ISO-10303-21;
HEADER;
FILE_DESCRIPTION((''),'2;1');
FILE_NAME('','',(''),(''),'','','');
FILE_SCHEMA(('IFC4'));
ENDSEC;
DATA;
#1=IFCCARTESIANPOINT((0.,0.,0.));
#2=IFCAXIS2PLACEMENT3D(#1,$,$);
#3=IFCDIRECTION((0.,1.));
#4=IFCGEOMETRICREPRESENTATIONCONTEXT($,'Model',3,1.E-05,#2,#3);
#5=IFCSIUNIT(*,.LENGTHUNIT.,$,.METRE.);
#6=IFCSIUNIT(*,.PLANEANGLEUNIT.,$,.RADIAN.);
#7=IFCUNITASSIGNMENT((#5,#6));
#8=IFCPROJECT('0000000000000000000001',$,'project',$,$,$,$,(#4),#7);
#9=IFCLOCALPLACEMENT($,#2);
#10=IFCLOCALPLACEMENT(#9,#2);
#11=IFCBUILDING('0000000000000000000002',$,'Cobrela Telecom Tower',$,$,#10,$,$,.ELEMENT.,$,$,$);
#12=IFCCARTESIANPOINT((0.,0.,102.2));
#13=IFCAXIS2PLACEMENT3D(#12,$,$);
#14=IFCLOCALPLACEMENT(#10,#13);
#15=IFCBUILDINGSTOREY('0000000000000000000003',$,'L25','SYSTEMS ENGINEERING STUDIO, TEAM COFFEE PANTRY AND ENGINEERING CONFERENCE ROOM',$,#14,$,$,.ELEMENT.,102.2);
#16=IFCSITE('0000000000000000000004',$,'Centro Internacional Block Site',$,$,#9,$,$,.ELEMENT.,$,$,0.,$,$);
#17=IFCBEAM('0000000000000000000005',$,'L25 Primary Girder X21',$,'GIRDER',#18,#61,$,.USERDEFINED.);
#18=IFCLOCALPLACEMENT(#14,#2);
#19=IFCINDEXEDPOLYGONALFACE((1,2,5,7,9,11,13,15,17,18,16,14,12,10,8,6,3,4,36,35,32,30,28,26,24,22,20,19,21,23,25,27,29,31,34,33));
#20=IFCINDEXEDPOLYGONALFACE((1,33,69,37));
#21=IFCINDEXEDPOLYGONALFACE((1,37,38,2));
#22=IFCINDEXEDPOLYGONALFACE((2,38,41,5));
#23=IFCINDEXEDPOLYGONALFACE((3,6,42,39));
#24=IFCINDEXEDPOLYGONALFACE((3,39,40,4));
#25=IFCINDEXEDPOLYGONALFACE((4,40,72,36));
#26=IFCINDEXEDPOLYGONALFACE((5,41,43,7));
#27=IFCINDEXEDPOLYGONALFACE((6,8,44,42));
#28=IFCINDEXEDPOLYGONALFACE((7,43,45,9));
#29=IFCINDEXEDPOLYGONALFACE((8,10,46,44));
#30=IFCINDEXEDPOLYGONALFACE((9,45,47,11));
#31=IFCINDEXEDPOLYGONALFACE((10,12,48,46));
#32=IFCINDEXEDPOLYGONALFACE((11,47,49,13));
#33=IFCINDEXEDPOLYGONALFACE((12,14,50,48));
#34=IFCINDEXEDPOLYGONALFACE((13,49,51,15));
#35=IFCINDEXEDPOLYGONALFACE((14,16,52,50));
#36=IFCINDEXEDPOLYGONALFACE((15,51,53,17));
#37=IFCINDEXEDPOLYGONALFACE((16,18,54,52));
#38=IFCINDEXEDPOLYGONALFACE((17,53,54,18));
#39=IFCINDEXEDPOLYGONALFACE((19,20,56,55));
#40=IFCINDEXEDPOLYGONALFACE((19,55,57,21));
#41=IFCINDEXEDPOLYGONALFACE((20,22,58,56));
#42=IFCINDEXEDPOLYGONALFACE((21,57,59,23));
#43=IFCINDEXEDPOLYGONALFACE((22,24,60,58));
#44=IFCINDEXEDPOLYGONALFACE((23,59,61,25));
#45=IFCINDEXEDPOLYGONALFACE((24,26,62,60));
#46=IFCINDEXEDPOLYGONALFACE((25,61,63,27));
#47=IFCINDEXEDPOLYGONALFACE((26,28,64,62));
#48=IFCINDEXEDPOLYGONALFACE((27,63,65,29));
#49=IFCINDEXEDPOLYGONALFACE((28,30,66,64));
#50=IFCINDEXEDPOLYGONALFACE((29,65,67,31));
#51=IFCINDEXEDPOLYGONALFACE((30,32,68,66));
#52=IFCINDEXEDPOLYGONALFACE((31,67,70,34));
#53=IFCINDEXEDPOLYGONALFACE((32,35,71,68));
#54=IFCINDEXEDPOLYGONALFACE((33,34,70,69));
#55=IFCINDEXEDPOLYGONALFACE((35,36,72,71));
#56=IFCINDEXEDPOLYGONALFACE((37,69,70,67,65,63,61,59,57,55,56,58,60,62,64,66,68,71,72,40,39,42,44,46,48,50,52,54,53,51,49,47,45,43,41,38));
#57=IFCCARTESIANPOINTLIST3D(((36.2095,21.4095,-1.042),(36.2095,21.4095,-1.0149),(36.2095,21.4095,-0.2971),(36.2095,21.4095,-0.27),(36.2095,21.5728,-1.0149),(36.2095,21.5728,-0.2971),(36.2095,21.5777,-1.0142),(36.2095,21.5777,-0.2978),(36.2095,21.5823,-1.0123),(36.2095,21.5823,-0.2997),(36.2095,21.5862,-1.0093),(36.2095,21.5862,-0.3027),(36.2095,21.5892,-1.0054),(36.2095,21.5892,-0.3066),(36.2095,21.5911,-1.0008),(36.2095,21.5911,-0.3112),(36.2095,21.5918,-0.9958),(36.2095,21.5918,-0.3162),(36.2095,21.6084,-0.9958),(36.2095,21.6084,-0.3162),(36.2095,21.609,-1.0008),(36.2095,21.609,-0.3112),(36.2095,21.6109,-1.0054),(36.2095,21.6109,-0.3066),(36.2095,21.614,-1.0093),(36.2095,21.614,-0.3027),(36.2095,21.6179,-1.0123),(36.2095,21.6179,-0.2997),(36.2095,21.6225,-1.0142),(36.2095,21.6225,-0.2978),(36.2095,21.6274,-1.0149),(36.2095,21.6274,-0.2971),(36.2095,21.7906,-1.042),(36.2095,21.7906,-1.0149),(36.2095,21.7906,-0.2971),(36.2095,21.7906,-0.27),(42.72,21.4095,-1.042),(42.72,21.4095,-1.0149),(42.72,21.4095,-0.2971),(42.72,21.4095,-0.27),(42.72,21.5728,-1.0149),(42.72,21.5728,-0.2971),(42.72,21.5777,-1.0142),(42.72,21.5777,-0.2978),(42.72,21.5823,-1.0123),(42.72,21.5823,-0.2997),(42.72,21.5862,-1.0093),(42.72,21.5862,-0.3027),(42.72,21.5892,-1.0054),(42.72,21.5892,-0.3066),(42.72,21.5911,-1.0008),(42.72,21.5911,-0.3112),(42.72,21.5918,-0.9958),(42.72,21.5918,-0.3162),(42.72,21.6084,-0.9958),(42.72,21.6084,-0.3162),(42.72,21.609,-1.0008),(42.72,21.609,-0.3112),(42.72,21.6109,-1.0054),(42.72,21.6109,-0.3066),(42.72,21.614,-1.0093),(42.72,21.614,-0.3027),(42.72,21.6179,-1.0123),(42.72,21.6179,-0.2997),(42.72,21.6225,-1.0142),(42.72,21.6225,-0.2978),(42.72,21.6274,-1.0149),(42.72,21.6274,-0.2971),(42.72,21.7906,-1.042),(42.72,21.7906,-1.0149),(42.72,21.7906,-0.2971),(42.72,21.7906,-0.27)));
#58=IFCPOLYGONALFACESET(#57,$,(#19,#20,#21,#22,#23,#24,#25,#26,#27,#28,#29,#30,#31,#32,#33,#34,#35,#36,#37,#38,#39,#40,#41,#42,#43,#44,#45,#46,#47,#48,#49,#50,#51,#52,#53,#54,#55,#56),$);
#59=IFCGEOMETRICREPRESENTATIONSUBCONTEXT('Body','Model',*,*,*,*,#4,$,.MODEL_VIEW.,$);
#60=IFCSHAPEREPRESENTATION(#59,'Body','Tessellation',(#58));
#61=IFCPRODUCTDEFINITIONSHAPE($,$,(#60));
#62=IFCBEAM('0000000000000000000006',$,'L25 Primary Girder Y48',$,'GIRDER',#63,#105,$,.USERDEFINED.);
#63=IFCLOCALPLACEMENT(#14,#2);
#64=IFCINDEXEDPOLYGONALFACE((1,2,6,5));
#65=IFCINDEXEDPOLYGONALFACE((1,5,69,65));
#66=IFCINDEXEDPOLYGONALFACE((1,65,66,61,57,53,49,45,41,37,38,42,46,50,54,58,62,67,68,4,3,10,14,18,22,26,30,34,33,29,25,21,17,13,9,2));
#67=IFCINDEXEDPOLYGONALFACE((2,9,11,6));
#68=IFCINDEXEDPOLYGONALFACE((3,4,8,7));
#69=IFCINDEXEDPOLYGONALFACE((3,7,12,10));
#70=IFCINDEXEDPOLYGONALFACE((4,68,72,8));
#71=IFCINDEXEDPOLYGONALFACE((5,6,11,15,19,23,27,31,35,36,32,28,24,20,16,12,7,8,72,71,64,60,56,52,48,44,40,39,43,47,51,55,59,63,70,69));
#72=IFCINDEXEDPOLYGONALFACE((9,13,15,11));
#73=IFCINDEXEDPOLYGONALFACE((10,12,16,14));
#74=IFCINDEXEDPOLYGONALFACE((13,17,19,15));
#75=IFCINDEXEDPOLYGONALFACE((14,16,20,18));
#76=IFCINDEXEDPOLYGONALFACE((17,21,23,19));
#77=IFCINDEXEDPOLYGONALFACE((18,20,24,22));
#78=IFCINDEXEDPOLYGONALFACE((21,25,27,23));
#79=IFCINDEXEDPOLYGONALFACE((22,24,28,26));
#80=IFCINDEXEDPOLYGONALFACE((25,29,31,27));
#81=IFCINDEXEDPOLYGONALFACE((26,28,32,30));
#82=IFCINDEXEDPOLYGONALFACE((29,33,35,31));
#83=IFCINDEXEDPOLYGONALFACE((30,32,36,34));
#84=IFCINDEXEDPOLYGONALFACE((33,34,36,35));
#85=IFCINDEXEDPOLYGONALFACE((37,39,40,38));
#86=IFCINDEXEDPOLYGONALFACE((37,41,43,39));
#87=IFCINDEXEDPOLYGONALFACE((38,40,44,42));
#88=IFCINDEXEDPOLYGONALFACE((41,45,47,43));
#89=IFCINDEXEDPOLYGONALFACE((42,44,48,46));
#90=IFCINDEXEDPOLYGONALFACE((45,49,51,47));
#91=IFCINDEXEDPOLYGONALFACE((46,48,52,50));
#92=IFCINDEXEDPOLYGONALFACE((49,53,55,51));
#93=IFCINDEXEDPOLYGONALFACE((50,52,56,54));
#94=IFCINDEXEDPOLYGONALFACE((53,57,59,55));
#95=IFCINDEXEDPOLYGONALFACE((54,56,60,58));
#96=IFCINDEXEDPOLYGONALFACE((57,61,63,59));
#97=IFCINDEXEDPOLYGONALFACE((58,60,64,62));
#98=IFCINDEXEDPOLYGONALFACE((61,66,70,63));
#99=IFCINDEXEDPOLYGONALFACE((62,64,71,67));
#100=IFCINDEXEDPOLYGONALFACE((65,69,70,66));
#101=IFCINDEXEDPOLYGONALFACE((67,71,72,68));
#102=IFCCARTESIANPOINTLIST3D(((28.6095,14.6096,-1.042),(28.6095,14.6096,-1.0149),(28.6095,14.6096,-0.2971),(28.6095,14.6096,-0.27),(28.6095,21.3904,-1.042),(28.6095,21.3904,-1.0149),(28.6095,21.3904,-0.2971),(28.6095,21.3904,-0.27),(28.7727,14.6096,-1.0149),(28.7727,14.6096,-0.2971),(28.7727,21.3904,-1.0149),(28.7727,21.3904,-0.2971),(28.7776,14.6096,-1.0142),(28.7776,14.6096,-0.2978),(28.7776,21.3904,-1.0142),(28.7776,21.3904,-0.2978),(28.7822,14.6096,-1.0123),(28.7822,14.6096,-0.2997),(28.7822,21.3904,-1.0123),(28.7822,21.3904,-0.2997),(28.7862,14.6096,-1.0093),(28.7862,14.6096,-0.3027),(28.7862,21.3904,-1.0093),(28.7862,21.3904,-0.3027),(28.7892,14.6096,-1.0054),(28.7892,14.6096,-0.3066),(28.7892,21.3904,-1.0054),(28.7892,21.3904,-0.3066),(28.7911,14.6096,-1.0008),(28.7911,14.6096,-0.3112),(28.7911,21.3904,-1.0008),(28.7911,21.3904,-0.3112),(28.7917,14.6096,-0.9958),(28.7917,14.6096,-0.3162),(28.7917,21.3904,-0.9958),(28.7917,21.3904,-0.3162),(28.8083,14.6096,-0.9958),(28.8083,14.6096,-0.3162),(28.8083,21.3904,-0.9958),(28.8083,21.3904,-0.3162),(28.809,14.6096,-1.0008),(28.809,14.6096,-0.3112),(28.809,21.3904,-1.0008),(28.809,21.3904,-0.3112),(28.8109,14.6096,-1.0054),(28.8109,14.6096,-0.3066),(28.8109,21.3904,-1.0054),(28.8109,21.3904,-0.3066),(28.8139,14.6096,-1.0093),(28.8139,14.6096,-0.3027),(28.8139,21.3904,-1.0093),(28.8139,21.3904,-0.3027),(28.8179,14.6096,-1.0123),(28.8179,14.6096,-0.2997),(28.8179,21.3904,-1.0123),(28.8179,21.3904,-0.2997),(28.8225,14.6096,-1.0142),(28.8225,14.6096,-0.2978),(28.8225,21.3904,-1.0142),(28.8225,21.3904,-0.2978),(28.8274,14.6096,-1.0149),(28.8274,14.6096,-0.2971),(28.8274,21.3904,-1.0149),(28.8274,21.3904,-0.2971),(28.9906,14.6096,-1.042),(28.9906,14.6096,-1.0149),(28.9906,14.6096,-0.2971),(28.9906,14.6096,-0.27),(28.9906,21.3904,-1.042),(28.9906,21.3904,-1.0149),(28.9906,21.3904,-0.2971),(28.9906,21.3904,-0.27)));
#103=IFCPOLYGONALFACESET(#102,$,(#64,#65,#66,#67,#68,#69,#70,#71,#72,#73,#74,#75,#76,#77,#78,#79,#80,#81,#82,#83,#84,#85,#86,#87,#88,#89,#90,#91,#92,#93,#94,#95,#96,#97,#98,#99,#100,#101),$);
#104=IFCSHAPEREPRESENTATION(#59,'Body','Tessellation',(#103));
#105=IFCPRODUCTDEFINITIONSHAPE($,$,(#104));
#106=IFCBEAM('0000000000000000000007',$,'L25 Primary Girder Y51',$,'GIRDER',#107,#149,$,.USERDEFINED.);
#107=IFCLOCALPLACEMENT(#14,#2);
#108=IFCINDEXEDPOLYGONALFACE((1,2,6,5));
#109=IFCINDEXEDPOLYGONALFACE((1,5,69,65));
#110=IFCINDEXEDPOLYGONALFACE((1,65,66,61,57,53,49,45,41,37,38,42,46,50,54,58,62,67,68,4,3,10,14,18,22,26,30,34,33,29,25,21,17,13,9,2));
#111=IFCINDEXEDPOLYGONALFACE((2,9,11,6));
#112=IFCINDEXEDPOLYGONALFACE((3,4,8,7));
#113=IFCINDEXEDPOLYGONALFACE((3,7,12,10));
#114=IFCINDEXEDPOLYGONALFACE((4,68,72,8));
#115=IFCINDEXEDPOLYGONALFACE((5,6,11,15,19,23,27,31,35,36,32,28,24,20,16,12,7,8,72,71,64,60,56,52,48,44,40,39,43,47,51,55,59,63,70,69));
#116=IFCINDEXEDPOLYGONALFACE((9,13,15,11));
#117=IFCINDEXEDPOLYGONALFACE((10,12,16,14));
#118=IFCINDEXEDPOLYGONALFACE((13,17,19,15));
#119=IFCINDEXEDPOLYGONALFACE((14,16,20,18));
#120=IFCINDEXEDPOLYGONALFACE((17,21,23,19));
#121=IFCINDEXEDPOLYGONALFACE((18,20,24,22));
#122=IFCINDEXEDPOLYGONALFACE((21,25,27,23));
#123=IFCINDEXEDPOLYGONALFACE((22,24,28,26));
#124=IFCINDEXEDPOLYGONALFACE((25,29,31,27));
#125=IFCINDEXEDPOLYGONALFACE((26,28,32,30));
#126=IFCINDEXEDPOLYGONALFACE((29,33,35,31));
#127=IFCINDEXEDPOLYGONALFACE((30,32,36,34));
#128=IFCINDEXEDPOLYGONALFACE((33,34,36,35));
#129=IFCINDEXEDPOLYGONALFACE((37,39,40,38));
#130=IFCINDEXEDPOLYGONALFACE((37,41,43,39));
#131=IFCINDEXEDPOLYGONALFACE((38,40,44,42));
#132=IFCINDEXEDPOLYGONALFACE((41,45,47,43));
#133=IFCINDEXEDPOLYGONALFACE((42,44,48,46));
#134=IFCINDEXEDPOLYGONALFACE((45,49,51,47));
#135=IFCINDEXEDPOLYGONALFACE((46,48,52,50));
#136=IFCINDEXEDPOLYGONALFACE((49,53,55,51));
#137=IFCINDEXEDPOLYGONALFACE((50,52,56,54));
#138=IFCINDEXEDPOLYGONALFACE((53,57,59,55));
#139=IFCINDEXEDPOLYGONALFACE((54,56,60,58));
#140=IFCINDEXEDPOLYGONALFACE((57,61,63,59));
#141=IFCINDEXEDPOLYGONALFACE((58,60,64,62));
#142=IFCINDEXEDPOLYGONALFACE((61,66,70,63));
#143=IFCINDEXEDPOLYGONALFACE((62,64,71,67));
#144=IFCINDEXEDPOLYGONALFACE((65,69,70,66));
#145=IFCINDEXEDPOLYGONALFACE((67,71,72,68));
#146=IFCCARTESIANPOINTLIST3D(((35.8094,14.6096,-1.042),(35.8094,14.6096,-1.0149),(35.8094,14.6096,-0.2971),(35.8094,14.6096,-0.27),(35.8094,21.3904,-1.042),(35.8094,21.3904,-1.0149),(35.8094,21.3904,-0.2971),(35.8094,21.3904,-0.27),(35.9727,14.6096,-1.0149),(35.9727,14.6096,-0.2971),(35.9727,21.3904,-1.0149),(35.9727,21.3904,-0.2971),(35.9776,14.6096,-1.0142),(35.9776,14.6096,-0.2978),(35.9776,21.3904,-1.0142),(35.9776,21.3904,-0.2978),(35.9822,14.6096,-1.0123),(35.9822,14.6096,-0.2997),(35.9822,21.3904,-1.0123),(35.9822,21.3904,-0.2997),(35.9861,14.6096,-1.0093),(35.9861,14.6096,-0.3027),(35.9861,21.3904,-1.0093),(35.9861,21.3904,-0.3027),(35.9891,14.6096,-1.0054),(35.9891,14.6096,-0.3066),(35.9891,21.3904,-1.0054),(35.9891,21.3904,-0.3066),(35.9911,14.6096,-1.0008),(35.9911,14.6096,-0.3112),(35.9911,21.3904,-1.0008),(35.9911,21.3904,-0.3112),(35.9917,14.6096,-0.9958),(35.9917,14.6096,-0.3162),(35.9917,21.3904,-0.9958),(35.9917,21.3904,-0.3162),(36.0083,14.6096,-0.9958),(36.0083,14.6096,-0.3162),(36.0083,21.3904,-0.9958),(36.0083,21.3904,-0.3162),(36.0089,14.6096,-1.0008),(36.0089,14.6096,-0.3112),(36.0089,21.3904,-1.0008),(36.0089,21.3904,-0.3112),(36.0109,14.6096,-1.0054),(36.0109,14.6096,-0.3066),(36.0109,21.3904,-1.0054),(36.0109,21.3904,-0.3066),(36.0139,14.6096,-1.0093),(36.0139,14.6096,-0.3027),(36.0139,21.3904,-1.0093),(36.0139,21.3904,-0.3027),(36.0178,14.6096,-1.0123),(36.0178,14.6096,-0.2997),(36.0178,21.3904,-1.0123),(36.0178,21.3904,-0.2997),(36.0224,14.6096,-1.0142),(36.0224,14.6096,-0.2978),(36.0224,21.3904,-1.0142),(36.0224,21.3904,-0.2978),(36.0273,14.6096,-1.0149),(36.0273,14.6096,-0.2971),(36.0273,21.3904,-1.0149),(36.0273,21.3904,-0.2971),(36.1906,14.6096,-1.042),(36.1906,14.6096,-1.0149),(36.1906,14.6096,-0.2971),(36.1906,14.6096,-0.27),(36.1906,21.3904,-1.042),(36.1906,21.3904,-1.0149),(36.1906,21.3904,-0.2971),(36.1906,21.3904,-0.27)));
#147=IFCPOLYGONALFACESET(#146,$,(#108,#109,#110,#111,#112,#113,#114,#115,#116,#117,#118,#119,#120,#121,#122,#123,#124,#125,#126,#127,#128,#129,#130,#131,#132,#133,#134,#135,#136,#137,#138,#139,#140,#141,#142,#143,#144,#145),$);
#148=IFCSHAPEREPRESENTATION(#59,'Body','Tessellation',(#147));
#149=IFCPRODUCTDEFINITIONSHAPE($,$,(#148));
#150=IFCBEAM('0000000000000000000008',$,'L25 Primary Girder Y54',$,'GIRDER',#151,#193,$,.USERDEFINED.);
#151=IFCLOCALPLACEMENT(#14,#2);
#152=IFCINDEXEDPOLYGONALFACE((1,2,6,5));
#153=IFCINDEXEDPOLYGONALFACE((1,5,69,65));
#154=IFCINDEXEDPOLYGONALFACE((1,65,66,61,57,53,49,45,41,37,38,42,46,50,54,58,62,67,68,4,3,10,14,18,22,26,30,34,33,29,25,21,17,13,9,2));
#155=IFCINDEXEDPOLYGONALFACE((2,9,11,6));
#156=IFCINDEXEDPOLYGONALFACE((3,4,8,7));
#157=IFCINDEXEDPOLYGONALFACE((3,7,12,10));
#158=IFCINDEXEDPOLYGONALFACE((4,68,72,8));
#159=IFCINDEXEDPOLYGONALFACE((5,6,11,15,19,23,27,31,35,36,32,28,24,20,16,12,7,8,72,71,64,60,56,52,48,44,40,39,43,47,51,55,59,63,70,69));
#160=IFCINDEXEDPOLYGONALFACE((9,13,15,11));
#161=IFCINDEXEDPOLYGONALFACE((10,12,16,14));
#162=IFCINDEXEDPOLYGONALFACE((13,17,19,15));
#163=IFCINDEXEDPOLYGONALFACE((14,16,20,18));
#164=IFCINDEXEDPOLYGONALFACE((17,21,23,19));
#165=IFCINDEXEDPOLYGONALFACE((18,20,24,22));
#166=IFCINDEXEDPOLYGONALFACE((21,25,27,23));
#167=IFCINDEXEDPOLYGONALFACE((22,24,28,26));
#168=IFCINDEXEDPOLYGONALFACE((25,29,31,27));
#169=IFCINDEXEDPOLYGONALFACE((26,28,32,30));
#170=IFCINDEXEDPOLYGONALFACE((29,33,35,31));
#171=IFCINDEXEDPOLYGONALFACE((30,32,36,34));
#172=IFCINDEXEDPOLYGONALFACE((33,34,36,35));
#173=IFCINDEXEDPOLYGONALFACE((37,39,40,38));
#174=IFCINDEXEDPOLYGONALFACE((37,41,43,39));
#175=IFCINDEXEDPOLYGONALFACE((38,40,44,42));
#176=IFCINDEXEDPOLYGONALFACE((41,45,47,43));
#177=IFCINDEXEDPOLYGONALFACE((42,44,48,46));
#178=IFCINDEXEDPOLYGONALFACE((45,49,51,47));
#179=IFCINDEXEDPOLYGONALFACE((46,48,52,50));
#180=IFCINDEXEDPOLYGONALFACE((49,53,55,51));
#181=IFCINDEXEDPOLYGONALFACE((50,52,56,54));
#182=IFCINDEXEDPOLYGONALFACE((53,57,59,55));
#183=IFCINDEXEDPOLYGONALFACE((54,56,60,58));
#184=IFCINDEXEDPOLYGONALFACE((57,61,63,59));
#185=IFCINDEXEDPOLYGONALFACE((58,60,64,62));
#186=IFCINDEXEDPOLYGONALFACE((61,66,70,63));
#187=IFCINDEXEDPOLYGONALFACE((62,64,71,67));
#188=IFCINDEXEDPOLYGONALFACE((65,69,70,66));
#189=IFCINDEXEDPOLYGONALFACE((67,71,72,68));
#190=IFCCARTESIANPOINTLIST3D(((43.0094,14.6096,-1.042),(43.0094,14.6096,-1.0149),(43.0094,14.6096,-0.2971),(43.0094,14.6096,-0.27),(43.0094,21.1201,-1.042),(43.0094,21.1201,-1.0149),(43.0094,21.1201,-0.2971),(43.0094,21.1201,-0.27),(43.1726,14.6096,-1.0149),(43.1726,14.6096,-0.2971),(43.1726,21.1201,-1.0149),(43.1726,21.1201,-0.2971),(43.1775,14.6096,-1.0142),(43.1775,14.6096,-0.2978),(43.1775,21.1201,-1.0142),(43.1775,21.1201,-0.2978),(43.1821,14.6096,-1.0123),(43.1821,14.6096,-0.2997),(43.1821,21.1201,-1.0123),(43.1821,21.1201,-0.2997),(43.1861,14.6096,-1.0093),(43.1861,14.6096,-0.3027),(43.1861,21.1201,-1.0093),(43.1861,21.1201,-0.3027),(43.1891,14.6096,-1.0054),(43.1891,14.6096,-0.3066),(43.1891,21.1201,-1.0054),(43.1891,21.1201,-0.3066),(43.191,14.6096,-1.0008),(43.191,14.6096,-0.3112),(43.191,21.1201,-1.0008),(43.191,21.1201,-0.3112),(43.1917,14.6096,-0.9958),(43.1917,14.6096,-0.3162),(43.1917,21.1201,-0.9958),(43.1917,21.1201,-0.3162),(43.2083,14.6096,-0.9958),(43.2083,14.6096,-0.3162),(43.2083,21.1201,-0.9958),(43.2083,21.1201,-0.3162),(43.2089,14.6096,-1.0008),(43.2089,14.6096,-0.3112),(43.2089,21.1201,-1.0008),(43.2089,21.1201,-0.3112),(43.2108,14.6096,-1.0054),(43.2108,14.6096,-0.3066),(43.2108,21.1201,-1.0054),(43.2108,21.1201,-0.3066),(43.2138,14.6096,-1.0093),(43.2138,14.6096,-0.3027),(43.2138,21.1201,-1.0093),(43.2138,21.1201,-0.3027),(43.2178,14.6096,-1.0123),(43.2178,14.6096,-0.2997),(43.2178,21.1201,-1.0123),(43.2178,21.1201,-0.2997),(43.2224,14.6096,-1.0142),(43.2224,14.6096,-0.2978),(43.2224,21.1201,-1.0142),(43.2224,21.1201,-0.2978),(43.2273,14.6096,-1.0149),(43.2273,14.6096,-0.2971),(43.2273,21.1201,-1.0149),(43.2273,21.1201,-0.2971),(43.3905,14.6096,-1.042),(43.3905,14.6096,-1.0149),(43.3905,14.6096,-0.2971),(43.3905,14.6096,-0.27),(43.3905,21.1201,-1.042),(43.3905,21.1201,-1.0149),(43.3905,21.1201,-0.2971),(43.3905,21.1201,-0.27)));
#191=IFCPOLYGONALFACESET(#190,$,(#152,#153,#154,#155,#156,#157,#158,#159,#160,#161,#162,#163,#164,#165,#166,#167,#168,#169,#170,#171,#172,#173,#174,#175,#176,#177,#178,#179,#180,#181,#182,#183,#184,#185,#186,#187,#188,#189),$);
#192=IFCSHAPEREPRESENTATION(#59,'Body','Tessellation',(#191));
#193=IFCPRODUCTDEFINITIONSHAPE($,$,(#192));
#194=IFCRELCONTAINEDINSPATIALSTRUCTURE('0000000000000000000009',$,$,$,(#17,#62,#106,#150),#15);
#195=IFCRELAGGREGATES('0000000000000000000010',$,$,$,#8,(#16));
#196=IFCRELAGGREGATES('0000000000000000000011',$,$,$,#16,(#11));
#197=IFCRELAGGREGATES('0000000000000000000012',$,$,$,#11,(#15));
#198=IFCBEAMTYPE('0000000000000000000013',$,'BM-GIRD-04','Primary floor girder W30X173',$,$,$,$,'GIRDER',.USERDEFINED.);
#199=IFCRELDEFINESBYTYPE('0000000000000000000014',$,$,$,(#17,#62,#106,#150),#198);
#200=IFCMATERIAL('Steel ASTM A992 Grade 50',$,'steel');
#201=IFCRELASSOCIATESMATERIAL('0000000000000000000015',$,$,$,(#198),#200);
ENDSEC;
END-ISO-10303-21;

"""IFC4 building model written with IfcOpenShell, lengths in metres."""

from ifc_helpers import new_model, si_unit, direction, frame, origin, origin_2d, place, context, subcontext, project, spatial, i_section, extrude, material, material_profile, profile_set, type_object, element, save


model = new_model("IFC4")

# Units and contexts
model_context = context("Model", 3, precision=1e-05, world=origin(), true_north=direction((0.0, 1.0)))
body_context = subcontext(model_context, "Body", "Model", "MODEL_VIEW")
ifc_project = project(units=[si_unit("LENGTHUNIT", "METRE"), si_unit("PLANEANGLEUNIT", "RADIAN")], contexts=[model_context])

# Site, building, storey
site_placement = place(None, origin())
site = spatial("IfcSite", under=ifc_project, at=site_placement, Name="Centro Internacional Block Site", CompositionType="ELEMENT", RefElevation=0.0)
building_placement = place(site_placement, origin())
building = spatial("IfcBuilding", under=site, at=building_placement, Name="Cobrela Telecom Tower", CompositionType="ELEMENT")
storey_placement = place(building_placement, frame((0.0, 0.0, 102.2)))
storey = spatial("IfcBuildingStorey", under=building, at=storey_placement, Name="L25", Description="SYSTEMS ENGINEERING STUDIO, TEAM COFFEE PANTRY AND ENGINEERING CONFERENCE ROOM", CompositionType="ELEMENT", Elevation=102.2)

# Shared definitions
ifc_material_1 = material(Name="Steel ASTM A992 Grade 50", Category="steel")

# Beams
ifc_material_profile_1 = material_profile(ifc_material_1, i_section(OverallWidth=0.3811, OverallDepth=0.772, WebThickness=0.0166, FlangeThickness=0.0271, FilletRadius=0.019, at=origin_2d()), Name="W30X173")
ifc_profile_set_1 = profile_set([ifc_material_profile_1], Name="Steel ASTM A992 Grade 50")
beam_type_1 = type_object("IfcBeamType", Name="BM-GIRD-04", Description="Primary floor girder W30X173", ElementType="GIRDER", PredefinedType="USERDEFINED", material=ifc_profile_set_1)
beam_1_placement = place(storey_placement, frame((36.2095, 21.6001, -0.656), z_axis=(1.0, 0.0, 0.0), x_axis=(0.0, 1.0, 0.0)))
element("IfcBeam", 1, at=beam_1_placement, inside=storey, type_object=beam_type_1, Name="L25 Primary Girder X21", ObjectType="GIRDER", PredefinedType="USERDEFINED", context=body_context, shape_type="SweptSolid", body=[
    extrude(i_section(OverallWidth=0.3811, OverallDepth=0.772, WebThickness=0.0166, FlangeThickness=0.0271, FilletRadius=0.019, at=origin_2d()), origin(), (0.0, 0.0, 1.0), 6.5105),
])
for number, where, z_axis, x_axis, name in (
    (2, (28.8, 14.6096, -0.656), (0.0, 1.0, 0.0), (-1.0, 0.0, 0.0), "L25 Primary Girder Y48"),
    (3, (36.0, 14.6096, -0.656), (0.0, 1.0, 0.0), (-1.0, 0.0, 0.0), "L25 Primary Girder Y51"),
):
    element("IfcBeam", number, at=place(storey_placement, frame(where, z_axis=z_axis, x_axis=x_axis)), inside=storey, type_object=beam_type_1, Name=name, ObjectType="GIRDER", PredefinedType="USERDEFINED", context=body_context, shape_type="SweptSolid", body=[
        extrude(i_section(OverallWidth=0.3811, OverallDepth=0.772, WebThickness=0.0166, FlangeThickness=0.0271, FilletRadius=0.019, at=origin_2d()), origin(), (0.0, 0.0, 1.0), 6.7808),
    ])
beam_2_placement = place(storey_placement, frame((43.2, 14.6096, -0.656), z_axis=(0.0, 1.0, 0.0), x_axis=(-1.0, 0.0, 0.0)))
element("IfcBeam", 4, at=beam_2_placement, inside=storey, type_object=beam_type_1, Name="L25 Primary Girder Y54", ObjectType="GIRDER", PredefinedType="USERDEFINED", context=body_context, shape_type="SweptSolid", body=[
    extrude(i_section(OverallWidth=0.3811, OverallDepth=0.772, WebThickness=0.0166, FlangeThickness=0.0271, FilletRadius=0.019, at=origin_2d()), origin(), (0.0, 0.0, 1.0), 6.5105),
])

save(model, "model.ifc")
